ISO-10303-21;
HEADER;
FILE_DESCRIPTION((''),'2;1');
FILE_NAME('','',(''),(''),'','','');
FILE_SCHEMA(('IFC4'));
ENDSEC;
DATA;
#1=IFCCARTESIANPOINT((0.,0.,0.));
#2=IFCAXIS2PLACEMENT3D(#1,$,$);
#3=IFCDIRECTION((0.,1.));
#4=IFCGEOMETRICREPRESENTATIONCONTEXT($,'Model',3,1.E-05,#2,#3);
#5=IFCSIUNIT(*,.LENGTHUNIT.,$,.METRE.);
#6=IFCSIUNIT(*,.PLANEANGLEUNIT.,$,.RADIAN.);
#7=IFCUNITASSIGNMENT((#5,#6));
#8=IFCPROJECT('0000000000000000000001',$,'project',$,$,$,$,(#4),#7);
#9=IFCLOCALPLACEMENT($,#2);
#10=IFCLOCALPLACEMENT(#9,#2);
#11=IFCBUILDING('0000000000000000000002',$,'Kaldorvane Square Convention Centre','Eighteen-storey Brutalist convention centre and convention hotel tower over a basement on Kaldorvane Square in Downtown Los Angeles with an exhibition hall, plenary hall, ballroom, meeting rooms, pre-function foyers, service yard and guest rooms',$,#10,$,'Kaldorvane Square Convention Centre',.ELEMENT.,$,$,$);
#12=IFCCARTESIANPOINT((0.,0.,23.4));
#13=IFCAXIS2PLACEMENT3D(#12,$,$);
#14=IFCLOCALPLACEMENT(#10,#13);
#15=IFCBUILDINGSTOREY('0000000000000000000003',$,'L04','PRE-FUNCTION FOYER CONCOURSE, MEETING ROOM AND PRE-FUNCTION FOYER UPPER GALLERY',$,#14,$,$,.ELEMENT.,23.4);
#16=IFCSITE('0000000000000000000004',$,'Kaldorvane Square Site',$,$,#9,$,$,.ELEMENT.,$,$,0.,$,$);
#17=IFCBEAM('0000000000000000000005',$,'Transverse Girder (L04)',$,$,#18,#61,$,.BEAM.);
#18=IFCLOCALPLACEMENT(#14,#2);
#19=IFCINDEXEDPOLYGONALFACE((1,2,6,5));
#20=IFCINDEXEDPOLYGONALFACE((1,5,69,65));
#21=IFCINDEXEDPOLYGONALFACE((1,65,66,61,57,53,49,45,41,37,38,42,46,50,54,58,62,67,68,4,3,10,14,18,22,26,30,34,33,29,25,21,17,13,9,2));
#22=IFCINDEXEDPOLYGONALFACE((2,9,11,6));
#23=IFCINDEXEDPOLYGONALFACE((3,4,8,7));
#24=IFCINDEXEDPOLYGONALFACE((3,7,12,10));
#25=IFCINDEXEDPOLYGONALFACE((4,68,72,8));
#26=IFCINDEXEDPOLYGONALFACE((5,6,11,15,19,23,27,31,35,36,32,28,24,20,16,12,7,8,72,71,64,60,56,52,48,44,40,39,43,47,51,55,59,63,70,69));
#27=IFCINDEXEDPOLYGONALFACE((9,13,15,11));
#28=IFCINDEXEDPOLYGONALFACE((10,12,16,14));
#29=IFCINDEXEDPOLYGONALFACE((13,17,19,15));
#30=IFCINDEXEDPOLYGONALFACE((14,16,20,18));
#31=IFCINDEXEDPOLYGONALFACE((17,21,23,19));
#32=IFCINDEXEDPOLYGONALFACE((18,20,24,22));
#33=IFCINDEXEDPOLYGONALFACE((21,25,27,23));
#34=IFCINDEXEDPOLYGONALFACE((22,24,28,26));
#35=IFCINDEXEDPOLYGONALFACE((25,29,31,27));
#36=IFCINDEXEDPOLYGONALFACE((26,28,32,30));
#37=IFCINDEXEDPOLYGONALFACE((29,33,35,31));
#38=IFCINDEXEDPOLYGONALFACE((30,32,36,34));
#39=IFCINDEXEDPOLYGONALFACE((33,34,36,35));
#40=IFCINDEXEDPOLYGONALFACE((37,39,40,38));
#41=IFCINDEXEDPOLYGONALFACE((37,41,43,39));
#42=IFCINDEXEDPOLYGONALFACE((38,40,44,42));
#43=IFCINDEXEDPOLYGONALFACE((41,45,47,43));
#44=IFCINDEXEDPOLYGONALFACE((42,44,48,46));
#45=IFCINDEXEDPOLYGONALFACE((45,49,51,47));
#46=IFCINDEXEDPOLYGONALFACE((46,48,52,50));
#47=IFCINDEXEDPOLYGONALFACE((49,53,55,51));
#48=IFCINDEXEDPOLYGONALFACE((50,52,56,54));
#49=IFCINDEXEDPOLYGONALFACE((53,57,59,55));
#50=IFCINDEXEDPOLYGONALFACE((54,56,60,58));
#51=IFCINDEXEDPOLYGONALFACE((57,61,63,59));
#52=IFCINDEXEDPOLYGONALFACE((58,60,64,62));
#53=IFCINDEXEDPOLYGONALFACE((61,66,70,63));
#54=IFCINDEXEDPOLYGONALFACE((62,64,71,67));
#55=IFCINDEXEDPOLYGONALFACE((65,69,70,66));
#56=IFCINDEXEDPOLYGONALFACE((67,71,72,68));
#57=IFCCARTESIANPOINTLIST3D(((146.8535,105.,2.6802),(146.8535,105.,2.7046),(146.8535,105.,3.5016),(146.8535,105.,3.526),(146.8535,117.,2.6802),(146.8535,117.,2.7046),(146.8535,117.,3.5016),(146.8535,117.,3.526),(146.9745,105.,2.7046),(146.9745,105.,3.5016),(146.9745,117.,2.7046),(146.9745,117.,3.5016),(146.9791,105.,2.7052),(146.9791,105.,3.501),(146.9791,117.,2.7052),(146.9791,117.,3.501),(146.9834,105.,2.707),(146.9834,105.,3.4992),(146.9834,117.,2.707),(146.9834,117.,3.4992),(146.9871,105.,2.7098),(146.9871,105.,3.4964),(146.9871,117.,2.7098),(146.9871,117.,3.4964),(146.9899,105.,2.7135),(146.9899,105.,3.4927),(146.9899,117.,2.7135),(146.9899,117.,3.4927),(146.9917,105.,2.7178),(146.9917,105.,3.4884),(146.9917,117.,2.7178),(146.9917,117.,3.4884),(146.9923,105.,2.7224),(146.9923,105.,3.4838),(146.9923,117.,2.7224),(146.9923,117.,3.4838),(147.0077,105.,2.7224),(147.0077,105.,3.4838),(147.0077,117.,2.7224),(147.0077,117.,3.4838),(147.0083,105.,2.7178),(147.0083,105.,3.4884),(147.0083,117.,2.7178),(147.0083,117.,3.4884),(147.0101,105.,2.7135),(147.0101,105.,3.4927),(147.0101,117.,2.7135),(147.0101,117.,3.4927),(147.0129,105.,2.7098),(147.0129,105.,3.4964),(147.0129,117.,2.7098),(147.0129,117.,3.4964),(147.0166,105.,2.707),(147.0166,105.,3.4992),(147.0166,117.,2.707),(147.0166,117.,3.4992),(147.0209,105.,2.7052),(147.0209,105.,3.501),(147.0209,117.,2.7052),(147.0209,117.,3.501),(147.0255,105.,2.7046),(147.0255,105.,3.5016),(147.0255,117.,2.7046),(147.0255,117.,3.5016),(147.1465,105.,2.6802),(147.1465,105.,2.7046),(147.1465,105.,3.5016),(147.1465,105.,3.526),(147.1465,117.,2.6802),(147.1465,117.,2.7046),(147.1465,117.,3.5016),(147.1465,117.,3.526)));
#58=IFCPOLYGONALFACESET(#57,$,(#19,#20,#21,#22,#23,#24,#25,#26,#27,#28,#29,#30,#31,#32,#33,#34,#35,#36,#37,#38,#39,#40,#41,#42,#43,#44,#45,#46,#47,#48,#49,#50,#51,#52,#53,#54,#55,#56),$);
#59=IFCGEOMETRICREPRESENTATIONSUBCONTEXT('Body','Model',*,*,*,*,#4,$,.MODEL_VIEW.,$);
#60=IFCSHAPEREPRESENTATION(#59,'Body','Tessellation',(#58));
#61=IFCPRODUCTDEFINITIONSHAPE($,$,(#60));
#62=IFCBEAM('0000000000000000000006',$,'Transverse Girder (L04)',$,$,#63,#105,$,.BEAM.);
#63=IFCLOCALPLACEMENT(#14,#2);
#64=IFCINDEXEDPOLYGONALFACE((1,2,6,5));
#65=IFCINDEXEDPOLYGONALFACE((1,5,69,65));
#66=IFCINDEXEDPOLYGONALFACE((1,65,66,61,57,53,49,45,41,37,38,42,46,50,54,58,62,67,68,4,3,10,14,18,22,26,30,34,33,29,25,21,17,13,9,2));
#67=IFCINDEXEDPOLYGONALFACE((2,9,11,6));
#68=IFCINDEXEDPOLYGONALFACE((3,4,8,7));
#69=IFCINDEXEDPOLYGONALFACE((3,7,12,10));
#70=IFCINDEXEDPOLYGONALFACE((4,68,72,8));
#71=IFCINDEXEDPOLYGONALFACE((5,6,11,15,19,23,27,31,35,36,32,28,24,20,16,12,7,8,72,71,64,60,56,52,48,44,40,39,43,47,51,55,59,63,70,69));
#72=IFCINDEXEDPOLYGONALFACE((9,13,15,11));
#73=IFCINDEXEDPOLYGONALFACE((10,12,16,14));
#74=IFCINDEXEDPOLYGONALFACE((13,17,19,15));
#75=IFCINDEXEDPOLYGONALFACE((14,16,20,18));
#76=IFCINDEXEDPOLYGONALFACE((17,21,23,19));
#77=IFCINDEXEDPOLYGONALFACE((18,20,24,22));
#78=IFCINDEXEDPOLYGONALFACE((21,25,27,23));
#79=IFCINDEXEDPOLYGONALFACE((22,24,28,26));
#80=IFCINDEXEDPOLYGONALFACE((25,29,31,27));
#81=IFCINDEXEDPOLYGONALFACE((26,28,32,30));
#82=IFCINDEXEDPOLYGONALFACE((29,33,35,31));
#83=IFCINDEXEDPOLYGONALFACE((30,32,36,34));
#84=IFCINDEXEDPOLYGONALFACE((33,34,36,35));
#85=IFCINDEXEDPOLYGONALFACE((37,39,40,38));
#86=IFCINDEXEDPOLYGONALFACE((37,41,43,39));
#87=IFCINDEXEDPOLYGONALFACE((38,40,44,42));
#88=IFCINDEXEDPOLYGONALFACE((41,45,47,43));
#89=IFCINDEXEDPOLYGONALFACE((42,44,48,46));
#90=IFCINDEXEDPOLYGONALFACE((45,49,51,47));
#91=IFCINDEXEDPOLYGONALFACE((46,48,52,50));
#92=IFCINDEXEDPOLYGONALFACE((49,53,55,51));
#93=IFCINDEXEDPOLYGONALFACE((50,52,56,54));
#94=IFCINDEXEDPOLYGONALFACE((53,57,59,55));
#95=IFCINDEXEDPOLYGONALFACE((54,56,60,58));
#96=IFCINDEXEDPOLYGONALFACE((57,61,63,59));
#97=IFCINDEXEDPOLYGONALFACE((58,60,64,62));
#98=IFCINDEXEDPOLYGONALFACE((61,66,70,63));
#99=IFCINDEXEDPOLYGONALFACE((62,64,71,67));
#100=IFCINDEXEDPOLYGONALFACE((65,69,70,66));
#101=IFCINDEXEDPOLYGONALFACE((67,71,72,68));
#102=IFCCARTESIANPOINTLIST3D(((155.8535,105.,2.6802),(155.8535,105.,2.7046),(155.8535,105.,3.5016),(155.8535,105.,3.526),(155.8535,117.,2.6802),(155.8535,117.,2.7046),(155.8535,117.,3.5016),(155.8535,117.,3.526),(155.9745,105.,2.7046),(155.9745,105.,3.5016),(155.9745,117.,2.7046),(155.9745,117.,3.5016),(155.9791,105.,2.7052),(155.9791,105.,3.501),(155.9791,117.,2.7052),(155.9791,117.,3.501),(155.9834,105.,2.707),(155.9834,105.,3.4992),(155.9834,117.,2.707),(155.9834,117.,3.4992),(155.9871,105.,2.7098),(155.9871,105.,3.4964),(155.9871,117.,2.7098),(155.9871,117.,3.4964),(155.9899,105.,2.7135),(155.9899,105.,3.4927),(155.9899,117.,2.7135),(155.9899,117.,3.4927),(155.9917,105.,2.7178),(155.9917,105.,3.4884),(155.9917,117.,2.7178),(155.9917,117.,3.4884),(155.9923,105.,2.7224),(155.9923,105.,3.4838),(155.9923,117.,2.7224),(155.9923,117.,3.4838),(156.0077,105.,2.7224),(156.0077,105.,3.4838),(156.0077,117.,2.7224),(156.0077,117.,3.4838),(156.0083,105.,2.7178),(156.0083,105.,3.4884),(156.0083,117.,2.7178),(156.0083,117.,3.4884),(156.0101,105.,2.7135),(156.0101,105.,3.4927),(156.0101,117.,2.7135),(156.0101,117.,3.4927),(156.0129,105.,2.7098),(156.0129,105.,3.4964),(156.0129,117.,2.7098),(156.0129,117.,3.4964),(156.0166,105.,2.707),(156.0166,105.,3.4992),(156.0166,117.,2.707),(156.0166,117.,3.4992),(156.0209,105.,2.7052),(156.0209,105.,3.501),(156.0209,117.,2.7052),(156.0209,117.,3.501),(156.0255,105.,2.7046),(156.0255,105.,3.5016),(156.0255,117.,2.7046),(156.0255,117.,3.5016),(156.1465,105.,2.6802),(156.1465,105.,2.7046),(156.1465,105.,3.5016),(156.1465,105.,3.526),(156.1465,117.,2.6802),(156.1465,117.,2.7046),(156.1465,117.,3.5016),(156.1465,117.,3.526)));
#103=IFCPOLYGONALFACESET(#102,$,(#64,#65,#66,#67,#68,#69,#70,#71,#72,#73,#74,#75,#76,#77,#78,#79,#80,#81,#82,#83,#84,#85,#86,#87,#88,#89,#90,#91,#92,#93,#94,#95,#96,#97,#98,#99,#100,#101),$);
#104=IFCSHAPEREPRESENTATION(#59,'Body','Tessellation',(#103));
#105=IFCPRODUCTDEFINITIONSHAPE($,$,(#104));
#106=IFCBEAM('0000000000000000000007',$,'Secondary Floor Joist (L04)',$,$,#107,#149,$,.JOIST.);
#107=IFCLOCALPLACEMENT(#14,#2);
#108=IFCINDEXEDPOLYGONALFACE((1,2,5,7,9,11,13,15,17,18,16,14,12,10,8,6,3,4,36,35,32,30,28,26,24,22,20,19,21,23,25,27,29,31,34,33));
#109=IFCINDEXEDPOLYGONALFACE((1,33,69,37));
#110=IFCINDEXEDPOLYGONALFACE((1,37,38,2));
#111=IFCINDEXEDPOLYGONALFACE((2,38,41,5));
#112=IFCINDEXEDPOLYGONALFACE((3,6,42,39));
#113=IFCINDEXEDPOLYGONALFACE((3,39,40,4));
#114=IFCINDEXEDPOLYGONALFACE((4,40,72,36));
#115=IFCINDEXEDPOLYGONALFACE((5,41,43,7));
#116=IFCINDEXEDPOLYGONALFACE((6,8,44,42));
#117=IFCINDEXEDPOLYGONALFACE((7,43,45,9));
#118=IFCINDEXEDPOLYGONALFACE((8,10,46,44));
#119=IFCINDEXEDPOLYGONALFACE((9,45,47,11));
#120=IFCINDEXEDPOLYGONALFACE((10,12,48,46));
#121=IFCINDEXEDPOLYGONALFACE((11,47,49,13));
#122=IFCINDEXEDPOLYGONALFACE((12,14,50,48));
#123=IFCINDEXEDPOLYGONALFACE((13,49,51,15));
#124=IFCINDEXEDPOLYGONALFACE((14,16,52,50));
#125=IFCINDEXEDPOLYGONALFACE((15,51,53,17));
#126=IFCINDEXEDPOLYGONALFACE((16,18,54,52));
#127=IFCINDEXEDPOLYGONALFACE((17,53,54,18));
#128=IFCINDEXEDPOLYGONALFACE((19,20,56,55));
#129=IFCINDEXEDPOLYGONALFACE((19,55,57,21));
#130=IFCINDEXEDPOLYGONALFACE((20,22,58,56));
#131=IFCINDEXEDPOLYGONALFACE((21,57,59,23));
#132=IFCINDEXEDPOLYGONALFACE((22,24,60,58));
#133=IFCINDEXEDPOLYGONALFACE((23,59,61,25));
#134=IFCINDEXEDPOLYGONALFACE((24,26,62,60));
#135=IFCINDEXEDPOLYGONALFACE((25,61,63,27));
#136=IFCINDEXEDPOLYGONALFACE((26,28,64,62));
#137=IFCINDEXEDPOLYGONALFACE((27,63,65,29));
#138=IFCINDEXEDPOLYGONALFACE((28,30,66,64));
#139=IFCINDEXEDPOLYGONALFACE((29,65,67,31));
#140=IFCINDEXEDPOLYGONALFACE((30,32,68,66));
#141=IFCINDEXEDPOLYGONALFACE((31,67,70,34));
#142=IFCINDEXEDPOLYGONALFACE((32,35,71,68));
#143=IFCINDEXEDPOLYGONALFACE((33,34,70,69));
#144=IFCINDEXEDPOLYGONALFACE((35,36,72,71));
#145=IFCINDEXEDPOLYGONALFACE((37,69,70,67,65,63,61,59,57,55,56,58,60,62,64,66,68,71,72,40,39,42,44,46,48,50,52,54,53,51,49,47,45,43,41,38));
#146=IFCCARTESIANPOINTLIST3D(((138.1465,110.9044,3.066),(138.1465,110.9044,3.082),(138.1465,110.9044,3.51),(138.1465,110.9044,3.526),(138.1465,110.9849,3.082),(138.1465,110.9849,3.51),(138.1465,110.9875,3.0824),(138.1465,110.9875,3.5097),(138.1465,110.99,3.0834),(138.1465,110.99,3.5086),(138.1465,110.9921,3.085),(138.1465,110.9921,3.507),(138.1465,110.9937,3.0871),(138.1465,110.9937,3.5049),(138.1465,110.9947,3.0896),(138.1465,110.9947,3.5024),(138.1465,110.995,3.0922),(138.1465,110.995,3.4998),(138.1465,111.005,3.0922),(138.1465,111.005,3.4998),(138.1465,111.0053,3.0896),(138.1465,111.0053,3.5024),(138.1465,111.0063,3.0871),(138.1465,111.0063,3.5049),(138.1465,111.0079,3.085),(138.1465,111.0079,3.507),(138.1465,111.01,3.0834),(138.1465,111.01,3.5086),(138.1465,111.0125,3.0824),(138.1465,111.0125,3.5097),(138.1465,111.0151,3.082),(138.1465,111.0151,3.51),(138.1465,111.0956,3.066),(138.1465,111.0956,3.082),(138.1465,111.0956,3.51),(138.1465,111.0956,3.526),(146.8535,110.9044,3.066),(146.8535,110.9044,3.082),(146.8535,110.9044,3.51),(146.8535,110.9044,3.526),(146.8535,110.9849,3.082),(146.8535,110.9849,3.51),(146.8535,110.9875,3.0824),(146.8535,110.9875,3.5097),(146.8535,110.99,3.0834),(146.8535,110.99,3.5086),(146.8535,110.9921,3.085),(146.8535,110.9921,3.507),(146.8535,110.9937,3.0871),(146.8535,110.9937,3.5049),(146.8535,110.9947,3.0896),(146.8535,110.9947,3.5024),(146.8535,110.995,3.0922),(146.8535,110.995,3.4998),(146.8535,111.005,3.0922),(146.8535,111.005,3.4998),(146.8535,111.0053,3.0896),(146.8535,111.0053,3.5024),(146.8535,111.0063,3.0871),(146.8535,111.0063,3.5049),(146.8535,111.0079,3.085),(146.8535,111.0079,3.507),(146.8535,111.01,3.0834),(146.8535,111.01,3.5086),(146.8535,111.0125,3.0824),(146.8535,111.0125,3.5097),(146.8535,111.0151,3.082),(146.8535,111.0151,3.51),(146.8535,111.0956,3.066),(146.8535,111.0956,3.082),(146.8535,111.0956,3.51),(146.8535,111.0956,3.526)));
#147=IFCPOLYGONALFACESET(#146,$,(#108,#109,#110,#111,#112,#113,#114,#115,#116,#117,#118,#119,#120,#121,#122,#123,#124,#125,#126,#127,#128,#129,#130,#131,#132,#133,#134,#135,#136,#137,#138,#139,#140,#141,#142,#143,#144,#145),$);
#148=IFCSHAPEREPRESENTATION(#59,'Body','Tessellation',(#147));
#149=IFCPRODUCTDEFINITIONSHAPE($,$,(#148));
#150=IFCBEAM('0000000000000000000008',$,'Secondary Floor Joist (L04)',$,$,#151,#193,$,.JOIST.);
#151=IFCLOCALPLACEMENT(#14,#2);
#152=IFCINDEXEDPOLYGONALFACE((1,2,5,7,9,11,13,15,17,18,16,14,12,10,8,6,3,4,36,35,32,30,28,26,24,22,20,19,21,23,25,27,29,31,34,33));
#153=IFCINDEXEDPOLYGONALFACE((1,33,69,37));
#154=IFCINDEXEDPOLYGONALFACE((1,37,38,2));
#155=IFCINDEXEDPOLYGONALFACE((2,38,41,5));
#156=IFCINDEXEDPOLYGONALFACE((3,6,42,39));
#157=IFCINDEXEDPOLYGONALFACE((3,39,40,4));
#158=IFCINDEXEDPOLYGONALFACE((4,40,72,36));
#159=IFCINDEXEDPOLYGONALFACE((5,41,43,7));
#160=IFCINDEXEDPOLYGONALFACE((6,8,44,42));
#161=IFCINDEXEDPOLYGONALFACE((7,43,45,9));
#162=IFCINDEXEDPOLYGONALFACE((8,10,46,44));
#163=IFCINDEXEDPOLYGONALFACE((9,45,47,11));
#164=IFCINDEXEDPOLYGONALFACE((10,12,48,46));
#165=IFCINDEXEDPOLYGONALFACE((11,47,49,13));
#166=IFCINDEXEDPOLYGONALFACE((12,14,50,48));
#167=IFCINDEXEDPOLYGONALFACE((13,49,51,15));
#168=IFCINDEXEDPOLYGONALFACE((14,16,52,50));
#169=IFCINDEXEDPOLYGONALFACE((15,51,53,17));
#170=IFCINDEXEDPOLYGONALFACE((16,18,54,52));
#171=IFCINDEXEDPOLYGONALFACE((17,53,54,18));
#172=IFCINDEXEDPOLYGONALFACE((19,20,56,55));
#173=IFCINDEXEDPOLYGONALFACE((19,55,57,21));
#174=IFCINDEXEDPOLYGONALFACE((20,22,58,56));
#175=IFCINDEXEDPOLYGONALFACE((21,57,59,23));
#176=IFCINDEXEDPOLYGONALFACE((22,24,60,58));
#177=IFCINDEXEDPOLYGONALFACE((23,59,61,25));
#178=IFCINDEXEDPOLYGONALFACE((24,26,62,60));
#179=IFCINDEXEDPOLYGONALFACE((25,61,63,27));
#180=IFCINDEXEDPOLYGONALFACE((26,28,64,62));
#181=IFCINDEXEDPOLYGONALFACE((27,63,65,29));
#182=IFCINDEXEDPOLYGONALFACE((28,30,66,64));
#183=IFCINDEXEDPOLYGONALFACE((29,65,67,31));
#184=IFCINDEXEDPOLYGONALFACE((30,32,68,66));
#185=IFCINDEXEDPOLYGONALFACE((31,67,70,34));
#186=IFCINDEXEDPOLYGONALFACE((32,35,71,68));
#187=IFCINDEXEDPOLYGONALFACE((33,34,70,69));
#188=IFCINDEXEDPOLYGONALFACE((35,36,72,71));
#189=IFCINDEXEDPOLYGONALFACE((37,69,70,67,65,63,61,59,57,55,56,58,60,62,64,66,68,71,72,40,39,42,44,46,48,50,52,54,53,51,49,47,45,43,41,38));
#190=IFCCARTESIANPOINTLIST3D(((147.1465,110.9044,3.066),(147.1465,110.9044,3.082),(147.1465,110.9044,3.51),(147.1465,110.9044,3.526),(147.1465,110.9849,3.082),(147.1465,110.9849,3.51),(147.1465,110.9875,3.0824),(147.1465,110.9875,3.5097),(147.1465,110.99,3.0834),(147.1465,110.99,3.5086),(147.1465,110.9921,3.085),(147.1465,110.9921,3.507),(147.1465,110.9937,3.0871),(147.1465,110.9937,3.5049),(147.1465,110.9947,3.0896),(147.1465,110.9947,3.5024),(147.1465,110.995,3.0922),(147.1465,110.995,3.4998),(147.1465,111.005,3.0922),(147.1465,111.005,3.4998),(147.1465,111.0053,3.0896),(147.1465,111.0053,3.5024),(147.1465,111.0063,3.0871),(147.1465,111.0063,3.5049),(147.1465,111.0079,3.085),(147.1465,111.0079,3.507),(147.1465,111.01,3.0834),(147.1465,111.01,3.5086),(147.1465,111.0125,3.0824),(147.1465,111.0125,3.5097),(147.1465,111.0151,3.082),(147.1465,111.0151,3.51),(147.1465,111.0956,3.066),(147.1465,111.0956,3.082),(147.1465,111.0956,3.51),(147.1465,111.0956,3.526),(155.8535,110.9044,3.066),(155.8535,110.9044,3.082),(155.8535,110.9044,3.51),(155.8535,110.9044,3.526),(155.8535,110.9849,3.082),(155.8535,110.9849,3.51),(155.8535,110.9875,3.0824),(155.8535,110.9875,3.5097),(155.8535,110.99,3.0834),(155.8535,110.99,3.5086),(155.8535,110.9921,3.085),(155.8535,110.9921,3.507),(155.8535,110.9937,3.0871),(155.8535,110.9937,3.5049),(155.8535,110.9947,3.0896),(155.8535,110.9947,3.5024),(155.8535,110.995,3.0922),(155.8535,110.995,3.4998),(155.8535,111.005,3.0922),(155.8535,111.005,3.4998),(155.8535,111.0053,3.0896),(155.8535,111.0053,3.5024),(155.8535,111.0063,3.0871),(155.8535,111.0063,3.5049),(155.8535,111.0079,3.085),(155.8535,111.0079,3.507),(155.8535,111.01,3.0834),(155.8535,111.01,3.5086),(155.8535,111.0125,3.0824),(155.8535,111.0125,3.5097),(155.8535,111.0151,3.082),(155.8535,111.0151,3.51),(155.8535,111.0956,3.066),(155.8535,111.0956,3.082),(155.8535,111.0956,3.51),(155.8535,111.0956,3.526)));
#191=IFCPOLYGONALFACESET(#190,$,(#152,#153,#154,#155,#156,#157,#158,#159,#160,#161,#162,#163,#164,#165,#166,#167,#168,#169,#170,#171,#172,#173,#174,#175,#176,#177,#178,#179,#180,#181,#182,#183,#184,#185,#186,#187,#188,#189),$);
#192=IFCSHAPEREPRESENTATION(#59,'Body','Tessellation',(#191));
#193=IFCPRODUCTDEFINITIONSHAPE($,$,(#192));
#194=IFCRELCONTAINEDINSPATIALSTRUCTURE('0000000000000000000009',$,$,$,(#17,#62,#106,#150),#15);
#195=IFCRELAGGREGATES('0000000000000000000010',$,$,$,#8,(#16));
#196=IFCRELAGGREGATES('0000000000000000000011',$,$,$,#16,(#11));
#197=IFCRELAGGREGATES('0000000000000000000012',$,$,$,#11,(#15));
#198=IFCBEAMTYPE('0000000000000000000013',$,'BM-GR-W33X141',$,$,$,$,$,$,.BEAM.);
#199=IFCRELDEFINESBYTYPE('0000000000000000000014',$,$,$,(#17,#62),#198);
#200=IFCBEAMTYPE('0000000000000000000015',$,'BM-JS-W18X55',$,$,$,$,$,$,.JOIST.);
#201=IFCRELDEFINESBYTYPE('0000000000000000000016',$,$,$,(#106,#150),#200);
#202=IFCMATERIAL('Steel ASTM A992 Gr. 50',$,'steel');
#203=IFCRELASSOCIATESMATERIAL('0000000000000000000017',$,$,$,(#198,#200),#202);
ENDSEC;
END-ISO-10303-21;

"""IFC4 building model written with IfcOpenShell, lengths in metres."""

from ifc_helpers import new_model, si_unit, direction, frame, origin, origin_2d, place, context, subcontext, project, spatial, i_section, extrude, material, material_profile, profile_set, type_object, element, save


model = new_model("IFC4")

# Units and contexts
model_context = context("Model", 3, precision=1e-05, world=origin(), true_north=direction((0.0, 1.0)))
body_context = subcontext(model_context, "Body", "Model", "MODEL_VIEW")
ifc_project = project(units=[si_unit("LENGTHUNIT", "METRE"), si_unit("PLANEANGLEUNIT", "RADIAN")], contexts=[model_context])

# Site, building, storey
site_placement = place(None, origin())
site = spatial("IfcSite", under=ifc_project, at=site_placement, Name="Kaldorvane Square Site", CompositionType="ELEMENT", RefElevation=0.0)
building_placement = place(site_placement, origin())
building = spatial("IfcBuilding", under=site, at=building_placement, Name="Kaldorvane Square Convention Centre", Description="Eighteen-storey Brutalist convention centre and convention hotel tower over a basement on Kaldorvane Square in Downtown Los Angeles with an exhibition hall, plenary hall, ballroom, meeting rooms, pre-function foyers, service yard and guest rooms", LongName="Kaldorvane Square Convention Centre", CompositionType="ELEMENT")
storey_placement = place(building_placement, frame((0.0, 0.0, 23.4)))
storey = spatial("IfcBuildingStorey", under=building, at=storey_placement, Name="L04", Description="PRE-FUNCTION FOYER CONCOURSE, MEETING ROOM AND PRE-FUNCTION FOYER UPPER GALLERY", CompositionType="ELEMENT", Elevation=23.4)

# Shared definitions
ifc_material_1 = material(Name="Steel ASTM A992 Gr. 50", Category="steel")

# Beams
ifc_material_profile_1 = material_profile(ifc_material_1, i_section(OverallWidth=0.293, OverallDepth=0.8458, WebThickness=0.0154, FlangeThickness=0.0244, FilletRadius=0.0178, at=origin_2d()), Name="W33X141")
ifc_profile_set_1 = profile_set([ifc_material_profile_1], Name="Steel ASTM A992 Gr. 50")
beam_type_1 = type_object("IfcBeamType", Name="BM-GR-W33X141", PredefinedType="BEAM", material=ifc_profile_set_1)
for number, where, z_axis, x_axis, name in (
    (1, (147.0, 105.0, 3.1031), (0.0, 1.0, 0.0), (-1.0, 0.0, 0.0), "Transverse Girder (L04)"),
    (2, (156.0, 105.0, 3.1031), (0.0, 1.0, 0.0), (-1.0, 0.0, 0.0), "Transverse Girder (L04)"),
):
    element("IfcBeam", number, at=place(storey_placement, frame(where, z_axis=z_axis, x_axis=x_axis)), inside=storey, type_object=beam_type_1, Name=name, PredefinedType="BEAM", context=body_context, shape_type="SweptSolid", body=[
        extrude(i_section(OverallWidth=0.293, OverallDepth=0.8458, WebThickness=0.0154, FlangeThickness=0.0244, FilletRadius=0.0178, at=origin_2d()), origin(), (0.0, 0.0, 1.0), 12.0),
    ])
ifc_material_profile_2 = material_profile(ifc_material_1, i_section(OverallWidth=0.1913, OverallDepth=0.46, WebThickness=0.0099, FlangeThickness=0.016, FilletRadius=0.0102, at=origin_2d()), Name="W18X55")
ifc_profile_set_2 = profile_set([ifc_material_profile_2], Name="Steel ASTM A992 Gr. 50")
beam_type_2 = type_object("IfcBeamType", Name="BM-JS-W18X55", PredefinedType="JOIST", material=ifc_profile_set_2)
for number, where, z_axis, x_axis, name in (
    (3, (138.1465, 111.0, 3.296), (1.0, 0.0, 0.0), (0.0, 1.0, 0.0), "Secondary Floor Joist (L04)"),
    (4, (147.1465, 111.0, 3.296), (1.0, 0.0, 0.0), (0.0, 1.0, 0.0), "Secondary Floor Joist (L04)"),
):
    element("IfcBeam", number, at=place(storey_placement, frame(where, z_axis=z_axis, x_axis=x_axis)), inside=storey, type_object=beam_type_2, Name=name, PredefinedType="JOIST", context=body_context, shape_type="SweptSolid", body=[
        extrude(i_section(OverallWidth=0.1913, OverallDepth=0.46, WebThickness=0.0099, FlangeThickness=0.016, FilletRadius=0.0102, at=origin_2d()), origin(), (0.0, 0.0, 1.0), 8.707),
    ])

save(model, "model.ifc")
